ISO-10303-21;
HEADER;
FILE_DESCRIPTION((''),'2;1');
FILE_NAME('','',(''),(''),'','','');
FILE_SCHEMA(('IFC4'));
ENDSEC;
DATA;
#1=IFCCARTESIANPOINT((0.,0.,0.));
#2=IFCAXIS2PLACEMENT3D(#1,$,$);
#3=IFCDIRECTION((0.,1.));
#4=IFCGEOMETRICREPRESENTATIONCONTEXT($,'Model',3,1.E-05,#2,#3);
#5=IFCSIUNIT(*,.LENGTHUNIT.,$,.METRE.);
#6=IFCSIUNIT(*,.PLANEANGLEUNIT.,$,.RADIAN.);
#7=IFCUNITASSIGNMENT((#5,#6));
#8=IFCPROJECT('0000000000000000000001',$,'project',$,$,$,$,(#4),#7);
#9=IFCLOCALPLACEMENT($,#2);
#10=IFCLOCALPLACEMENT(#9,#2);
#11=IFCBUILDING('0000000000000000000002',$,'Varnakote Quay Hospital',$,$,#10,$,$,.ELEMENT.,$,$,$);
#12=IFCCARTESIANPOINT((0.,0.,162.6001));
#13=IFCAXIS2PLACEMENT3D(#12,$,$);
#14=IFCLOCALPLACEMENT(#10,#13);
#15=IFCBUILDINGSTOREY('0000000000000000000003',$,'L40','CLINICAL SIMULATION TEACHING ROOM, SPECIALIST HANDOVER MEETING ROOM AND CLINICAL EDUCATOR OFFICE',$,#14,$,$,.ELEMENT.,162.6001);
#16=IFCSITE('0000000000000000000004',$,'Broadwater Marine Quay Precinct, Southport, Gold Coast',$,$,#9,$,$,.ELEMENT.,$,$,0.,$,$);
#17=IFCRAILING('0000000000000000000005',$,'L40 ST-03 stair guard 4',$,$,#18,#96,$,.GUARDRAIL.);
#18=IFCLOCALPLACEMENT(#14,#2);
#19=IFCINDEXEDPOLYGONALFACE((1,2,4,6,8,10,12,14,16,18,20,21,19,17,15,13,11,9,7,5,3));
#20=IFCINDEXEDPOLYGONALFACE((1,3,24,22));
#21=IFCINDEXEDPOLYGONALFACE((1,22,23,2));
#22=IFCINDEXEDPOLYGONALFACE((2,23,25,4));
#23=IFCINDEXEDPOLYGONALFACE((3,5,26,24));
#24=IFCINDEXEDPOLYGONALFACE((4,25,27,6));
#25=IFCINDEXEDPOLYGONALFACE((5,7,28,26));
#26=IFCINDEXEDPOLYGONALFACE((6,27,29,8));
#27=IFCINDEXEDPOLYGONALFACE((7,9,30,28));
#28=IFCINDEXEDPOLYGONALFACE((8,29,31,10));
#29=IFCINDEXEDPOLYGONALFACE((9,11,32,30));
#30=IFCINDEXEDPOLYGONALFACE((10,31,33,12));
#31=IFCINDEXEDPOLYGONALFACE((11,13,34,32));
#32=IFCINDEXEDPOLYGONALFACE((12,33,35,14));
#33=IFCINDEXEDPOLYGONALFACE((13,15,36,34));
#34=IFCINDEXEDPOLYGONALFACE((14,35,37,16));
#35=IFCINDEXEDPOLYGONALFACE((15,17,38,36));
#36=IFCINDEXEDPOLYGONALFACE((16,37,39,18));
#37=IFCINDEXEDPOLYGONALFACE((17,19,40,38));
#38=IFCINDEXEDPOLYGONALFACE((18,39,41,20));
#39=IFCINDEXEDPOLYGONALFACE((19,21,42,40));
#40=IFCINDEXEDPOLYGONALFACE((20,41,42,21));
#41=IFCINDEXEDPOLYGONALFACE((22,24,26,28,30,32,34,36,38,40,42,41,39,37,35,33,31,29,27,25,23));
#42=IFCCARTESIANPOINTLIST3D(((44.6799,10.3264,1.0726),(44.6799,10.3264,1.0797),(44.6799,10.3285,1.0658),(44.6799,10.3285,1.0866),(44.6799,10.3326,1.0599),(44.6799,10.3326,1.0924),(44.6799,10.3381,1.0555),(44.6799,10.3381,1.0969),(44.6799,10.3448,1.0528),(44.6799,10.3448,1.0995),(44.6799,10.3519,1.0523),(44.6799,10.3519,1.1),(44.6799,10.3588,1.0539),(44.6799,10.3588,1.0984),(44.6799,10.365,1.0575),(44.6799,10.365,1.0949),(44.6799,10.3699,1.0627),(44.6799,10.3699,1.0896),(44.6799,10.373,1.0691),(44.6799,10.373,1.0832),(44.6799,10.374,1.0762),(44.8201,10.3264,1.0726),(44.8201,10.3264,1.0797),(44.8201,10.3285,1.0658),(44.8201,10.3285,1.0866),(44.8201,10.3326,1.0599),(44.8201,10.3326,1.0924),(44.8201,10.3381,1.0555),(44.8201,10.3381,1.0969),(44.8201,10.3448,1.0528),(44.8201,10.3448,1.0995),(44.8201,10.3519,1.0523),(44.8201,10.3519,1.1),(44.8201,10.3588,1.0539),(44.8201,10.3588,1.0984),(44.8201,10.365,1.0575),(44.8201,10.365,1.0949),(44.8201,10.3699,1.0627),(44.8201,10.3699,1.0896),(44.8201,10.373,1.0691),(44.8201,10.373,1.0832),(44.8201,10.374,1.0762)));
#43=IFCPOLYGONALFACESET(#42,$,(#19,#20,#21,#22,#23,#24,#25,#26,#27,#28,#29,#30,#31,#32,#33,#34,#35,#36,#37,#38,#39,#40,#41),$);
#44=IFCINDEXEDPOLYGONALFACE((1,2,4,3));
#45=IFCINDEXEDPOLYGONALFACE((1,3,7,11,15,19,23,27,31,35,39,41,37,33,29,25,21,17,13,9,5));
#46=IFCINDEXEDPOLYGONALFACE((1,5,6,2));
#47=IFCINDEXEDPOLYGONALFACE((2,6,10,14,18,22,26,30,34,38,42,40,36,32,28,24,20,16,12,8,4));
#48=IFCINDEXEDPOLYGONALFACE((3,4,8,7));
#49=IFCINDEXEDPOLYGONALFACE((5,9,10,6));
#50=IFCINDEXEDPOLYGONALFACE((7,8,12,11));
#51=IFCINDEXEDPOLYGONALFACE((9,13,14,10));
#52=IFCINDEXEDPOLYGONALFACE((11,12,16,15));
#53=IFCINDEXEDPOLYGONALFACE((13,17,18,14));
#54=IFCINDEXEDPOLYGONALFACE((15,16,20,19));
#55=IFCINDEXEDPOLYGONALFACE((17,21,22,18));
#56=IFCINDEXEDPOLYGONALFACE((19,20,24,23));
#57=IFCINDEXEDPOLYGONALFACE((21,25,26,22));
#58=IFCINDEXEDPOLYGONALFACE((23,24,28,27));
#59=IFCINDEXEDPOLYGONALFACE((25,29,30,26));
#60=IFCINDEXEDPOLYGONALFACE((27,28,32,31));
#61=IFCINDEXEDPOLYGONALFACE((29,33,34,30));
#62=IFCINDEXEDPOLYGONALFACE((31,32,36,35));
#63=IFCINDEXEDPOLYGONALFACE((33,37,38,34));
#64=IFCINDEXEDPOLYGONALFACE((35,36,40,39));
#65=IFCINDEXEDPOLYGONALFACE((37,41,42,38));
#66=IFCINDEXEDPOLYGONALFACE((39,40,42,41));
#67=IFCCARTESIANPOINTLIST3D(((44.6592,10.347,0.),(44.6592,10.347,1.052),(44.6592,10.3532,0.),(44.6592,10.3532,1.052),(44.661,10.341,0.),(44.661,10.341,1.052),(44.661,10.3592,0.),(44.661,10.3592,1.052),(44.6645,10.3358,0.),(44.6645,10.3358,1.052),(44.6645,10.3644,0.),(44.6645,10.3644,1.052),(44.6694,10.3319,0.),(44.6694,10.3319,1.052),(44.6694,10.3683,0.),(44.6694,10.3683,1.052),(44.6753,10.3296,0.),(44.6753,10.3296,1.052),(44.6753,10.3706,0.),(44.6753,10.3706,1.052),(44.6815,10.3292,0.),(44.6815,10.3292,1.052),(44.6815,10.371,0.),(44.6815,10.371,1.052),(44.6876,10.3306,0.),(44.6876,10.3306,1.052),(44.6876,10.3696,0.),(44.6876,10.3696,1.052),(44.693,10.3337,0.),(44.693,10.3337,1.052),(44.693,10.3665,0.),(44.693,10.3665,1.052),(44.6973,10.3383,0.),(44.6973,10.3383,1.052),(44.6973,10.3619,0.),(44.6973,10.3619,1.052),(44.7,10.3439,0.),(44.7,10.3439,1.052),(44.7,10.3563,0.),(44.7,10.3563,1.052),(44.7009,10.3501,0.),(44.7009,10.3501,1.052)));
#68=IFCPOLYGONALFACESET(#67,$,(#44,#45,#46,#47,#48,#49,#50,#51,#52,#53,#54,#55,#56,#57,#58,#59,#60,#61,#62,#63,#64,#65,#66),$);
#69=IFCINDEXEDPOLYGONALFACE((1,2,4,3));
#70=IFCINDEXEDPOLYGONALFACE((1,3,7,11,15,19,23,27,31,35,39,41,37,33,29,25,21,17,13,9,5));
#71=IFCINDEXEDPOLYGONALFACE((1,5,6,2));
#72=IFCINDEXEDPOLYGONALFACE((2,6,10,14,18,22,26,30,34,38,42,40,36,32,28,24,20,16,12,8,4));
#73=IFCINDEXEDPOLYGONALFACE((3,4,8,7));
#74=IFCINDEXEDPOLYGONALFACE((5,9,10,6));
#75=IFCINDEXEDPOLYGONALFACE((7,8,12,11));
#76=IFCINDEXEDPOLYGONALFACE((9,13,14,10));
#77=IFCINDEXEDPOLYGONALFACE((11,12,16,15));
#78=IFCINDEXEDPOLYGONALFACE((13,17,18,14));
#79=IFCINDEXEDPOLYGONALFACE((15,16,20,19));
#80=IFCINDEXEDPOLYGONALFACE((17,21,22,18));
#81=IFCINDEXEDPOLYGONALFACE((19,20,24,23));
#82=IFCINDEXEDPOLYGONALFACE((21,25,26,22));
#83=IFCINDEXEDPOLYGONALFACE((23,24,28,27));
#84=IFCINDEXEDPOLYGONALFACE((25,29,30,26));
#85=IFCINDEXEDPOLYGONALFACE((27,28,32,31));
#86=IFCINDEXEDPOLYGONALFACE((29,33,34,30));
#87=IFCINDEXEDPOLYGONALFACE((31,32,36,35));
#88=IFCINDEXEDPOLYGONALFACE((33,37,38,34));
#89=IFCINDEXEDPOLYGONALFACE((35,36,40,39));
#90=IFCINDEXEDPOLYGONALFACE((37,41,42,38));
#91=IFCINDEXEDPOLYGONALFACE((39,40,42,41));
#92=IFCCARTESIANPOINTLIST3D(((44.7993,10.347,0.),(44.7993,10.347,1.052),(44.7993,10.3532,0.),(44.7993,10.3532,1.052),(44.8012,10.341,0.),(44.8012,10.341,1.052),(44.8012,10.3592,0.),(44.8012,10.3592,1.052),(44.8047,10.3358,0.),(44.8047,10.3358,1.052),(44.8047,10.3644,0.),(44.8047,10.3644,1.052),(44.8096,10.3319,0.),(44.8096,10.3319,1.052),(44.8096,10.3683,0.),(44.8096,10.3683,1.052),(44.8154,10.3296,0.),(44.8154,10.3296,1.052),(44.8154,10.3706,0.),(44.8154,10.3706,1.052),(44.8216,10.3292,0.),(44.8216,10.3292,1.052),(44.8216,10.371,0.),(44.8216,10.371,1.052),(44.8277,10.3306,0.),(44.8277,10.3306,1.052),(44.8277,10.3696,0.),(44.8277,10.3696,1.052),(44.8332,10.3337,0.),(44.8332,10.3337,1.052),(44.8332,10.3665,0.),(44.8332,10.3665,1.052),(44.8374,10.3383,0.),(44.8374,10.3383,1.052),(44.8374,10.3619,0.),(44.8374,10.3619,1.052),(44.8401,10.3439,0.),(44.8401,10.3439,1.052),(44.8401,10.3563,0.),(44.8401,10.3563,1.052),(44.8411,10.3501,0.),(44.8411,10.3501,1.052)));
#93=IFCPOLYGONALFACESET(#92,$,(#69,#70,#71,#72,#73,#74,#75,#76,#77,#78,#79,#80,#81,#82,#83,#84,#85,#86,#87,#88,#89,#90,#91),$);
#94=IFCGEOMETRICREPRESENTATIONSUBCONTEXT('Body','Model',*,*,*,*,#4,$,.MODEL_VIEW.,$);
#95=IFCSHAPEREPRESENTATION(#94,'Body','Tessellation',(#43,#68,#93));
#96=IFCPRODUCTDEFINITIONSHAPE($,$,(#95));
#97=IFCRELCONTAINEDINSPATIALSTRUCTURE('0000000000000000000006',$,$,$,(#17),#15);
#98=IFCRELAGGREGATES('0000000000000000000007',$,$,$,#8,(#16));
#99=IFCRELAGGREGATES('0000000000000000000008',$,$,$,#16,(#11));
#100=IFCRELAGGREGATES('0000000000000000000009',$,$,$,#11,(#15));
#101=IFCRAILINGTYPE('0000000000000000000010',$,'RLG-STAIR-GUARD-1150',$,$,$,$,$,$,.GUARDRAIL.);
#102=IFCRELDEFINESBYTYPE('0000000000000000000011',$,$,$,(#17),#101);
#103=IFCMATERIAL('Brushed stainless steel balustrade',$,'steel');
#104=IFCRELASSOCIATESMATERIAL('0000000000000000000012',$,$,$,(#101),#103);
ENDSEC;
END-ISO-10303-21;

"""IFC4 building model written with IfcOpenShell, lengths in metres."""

from ifc_helpers import new_model, si_unit, direction, frame, origin, origin_2d, place, context, subcontext, project, spatial, circle, extrude, material, type_object, element, save


model = new_model("IFC4")

# Units and contexts
model_context = context("Model", 3, precision=1e-05, world=origin(), true_north=direction((0.0, 1.0)))
body_context = subcontext(model_context, "Body", "Model", "MODEL_VIEW")
ifc_project = project(units=[si_unit("LENGTHUNIT", "METRE"), si_unit("PLANEANGLEUNIT", "RADIAN")], contexts=[model_context])

# Site, building, storey
site_placement = place(None, origin())
site = spatial("IfcSite", under=ifc_project, at=site_placement, Name="Broadwater Marine Quay Precinct, Southport, Gold Coast", CompositionType="ELEMENT", RefElevation=0.0)
building_placement = place(site_placement, origin())
building = spatial("IfcBuilding", under=site, at=building_placement, Name="Varnakote Quay Hospital", CompositionType="ELEMENT")
storey_placement = place(building_placement, frame((0.0, 0.0, 162.6001)))
storey = spatial("IfcBuildingStorey", under=building, at=storey_placement, Name="L40", Description="CLINICAL SIMULATION TEACHING ROOM, SPECIALIST HANDOVER MEETING ROOM AND CLINICAL EDUCATOR OFFICE", CompositionType="ELEMENT", Elevation=162.6001)

# Railing
ifc_material_1 = material(Name="Brushed stainless steel balustrade", Category="steel")
railing_type = type_object("IfcRailingType", Name="RLG-STAIR-GUARD-1150", PredefinedType="GUARDRAIL", material=ifc_material_1)
railing_placement = place(storey_placement, frame((44.6799, 10.3501, 0.0)))
element("IfcRailing", 1, at=railing_placement, inside=storey, type_object=railing_type, Name="L40 ST-03 stair guard 4", PredefinedType="GUARDRAIL", context=body_context, shape_type="SweptSolid", body=[
    extrude(circle(Radius=0.0239, at=origin_2d()), frame((0.0, 0.0, 1.0762), z_axis=(1.0, 0.0, 0.0), x_axis=(0.0, 1.0, 0.0)), (0.0, 0.0, 1.0), 0.1401),
    extrude(circle(Radius=0.021, at=origin_2d()), origin(), (0.0, 0.0, 1.0), 1.052),
    extrude(circle(Radius=0.021, at=origin_2d()), frame((0.1401, 0.0, 0.0)), (0.0, 0.0, 1.0), 1.052),
])

save(model, "model.ifc")
